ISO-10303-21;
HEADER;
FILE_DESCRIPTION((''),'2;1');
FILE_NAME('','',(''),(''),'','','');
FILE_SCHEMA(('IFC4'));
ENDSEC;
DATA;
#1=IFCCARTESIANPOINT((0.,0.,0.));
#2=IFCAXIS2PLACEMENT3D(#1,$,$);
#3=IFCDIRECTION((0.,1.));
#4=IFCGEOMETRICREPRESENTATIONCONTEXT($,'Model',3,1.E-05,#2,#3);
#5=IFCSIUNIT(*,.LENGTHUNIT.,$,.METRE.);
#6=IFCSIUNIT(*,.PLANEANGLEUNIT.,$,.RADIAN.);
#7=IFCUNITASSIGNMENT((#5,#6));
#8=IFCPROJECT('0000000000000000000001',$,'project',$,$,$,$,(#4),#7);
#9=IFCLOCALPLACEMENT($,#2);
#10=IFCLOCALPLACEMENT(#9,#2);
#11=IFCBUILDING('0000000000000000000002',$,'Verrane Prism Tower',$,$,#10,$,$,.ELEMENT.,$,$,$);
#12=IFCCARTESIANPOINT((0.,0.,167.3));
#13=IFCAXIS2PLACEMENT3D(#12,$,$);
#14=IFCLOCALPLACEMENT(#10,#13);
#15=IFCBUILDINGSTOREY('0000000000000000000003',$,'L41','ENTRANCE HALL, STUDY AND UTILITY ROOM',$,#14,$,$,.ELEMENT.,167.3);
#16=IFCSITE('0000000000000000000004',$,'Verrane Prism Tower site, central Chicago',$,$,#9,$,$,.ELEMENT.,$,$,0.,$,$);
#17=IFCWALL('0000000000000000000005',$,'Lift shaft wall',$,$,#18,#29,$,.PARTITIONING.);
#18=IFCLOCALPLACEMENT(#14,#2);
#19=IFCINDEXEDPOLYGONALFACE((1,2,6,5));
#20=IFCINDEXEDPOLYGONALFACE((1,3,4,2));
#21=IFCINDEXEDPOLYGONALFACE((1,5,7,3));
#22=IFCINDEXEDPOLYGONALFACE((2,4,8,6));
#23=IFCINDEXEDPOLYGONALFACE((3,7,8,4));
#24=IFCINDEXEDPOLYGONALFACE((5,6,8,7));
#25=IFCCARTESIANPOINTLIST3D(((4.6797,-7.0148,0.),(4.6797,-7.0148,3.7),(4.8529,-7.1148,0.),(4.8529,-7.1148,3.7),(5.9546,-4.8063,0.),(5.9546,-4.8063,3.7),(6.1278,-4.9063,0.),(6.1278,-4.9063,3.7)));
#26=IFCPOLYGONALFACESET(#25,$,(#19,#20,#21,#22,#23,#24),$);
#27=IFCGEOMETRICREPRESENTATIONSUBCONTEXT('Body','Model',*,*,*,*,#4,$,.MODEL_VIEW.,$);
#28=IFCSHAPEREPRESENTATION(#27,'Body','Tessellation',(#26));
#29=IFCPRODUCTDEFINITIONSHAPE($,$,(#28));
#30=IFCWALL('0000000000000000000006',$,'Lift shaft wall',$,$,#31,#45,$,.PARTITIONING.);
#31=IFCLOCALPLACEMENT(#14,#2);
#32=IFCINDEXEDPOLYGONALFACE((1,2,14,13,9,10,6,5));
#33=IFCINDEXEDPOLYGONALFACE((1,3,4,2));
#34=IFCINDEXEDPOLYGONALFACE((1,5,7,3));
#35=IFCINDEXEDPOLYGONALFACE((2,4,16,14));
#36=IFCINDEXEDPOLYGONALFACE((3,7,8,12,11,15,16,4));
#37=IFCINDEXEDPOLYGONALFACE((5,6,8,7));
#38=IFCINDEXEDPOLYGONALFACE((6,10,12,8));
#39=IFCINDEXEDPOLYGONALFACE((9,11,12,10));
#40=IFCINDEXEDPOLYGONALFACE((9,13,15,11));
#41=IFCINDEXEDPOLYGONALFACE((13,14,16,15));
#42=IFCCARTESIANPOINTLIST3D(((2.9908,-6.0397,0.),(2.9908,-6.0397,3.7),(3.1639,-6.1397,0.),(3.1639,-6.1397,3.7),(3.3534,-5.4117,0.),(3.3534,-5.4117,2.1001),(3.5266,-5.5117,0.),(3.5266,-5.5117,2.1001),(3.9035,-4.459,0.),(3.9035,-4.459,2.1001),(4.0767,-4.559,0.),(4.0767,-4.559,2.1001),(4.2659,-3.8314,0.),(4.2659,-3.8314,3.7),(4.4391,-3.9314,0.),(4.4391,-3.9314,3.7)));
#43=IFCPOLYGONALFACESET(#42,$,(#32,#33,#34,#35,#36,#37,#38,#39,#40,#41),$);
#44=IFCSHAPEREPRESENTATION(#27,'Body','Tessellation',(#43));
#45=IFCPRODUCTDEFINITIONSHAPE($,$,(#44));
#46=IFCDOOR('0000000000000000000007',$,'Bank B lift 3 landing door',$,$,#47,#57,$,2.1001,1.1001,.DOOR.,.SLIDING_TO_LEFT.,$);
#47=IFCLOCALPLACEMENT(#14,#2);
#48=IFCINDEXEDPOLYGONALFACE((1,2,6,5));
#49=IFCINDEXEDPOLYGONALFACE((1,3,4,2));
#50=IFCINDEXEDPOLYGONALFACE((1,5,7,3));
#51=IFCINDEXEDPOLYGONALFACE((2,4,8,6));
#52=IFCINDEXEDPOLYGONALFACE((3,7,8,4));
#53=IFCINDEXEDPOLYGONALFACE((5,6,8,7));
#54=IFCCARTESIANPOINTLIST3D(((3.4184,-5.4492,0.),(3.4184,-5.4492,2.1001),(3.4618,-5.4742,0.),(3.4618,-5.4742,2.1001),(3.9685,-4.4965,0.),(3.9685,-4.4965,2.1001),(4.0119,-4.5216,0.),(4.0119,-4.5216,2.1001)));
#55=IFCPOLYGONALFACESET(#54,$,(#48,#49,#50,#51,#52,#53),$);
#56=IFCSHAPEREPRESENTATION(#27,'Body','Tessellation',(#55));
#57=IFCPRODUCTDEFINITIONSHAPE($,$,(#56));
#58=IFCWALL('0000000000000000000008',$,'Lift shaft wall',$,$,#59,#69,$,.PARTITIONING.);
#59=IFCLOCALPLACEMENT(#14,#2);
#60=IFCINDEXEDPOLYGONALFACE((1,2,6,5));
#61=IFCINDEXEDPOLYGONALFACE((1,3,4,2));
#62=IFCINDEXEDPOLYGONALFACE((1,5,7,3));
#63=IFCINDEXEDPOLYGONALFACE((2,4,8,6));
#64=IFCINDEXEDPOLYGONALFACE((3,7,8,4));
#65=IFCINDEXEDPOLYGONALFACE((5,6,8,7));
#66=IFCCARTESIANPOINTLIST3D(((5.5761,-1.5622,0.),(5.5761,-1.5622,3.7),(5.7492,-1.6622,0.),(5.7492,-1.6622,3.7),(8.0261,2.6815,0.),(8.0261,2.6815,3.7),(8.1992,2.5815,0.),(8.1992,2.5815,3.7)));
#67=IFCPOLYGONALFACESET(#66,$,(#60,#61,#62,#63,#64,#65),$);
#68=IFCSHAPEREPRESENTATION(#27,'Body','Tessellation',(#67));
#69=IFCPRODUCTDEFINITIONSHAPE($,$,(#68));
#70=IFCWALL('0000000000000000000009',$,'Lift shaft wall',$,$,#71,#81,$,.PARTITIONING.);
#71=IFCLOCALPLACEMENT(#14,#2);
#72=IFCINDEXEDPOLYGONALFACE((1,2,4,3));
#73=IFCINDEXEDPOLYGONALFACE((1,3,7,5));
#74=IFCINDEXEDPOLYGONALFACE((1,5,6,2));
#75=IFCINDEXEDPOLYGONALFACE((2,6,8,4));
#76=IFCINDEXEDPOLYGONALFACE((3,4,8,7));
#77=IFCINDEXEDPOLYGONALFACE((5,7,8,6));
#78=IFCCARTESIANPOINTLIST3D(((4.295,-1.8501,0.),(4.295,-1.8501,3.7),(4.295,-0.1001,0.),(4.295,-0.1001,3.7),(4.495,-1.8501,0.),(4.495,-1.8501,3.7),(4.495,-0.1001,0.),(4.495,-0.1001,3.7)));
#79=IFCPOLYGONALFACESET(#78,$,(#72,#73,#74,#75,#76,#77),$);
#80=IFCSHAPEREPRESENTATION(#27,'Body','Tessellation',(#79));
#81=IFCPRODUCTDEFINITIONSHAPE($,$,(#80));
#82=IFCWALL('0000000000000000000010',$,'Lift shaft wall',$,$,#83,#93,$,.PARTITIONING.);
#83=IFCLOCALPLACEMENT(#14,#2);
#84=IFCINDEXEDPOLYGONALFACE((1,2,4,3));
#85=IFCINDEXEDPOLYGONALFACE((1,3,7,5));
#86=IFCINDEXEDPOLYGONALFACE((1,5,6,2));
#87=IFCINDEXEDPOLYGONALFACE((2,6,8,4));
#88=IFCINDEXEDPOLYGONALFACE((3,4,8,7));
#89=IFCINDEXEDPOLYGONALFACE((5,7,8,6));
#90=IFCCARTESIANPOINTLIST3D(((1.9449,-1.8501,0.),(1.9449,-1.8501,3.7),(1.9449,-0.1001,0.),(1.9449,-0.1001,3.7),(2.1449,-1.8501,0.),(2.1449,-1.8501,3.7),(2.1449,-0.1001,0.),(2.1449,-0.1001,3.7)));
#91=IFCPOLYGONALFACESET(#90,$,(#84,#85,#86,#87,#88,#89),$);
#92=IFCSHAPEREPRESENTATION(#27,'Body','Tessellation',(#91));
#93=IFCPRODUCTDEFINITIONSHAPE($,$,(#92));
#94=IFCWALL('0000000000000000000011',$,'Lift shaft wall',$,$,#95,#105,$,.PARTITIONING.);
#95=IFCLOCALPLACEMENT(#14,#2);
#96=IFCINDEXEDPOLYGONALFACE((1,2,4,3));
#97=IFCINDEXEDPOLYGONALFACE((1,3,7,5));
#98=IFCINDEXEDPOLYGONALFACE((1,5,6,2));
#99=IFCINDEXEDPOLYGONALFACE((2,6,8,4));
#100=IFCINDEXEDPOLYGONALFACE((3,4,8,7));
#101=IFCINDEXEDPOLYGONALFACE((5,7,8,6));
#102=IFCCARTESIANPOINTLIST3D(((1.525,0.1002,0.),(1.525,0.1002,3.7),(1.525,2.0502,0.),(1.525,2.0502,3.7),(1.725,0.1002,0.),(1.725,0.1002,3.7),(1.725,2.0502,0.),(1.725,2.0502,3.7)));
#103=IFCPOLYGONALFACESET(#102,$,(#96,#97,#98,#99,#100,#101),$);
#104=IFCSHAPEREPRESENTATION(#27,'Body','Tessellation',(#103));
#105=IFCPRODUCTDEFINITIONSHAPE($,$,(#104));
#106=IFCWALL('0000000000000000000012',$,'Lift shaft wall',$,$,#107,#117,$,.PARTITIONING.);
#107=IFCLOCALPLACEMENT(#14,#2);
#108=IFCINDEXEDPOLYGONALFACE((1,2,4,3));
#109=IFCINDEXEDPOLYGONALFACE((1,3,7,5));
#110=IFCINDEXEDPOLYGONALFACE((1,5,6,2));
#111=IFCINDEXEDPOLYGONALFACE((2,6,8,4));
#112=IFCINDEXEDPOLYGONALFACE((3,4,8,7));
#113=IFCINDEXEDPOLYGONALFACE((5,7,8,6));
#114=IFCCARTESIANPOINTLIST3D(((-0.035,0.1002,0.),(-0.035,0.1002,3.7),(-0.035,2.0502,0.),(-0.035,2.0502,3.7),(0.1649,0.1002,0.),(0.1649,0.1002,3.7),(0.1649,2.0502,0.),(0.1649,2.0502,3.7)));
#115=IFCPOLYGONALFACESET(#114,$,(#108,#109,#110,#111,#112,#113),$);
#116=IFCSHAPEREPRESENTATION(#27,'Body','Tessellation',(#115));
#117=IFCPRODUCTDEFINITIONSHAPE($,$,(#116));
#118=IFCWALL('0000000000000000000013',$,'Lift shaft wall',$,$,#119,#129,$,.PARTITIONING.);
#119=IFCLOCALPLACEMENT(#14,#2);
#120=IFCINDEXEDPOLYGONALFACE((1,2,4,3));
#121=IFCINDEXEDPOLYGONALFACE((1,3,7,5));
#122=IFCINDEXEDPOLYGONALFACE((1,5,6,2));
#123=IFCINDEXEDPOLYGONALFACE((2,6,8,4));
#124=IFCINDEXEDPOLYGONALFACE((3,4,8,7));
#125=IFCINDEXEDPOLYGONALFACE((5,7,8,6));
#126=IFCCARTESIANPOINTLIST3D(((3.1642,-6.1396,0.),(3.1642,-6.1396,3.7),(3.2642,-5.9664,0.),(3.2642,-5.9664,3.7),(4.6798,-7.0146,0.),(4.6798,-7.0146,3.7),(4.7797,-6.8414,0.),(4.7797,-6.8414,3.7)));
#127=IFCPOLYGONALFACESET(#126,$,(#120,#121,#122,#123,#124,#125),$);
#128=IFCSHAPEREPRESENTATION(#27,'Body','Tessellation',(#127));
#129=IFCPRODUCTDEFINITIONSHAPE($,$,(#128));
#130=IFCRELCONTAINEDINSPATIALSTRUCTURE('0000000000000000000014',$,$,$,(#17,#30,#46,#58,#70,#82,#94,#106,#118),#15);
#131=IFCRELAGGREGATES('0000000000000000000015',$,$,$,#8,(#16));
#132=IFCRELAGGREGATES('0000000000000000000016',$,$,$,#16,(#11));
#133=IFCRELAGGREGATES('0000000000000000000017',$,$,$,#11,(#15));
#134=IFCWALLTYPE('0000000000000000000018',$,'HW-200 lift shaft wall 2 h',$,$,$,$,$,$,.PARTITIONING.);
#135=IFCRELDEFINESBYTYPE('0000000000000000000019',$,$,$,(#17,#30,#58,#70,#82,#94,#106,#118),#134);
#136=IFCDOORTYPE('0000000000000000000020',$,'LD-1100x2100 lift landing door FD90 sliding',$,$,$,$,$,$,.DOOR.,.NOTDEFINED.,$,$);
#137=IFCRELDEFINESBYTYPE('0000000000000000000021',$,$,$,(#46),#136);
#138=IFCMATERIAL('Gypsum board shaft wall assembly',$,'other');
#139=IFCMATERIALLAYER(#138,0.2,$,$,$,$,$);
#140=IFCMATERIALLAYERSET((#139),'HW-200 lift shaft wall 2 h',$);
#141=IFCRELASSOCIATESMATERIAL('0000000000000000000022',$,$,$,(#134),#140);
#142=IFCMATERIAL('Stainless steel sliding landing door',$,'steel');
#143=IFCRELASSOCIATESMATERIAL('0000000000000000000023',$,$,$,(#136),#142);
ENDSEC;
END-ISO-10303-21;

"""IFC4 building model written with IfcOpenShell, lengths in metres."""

from ifc_helpers import new_model, si_unit, direction, frame, frame_2d, origin, place, context, subcontext, project, spatial, rectangle, extrude, material, layer, layer_set, type_object, element, fill, save


model = new_model("IFC4")

# Units and contexts
model_context = context("Model", 3, precision=1e-05, world=origin(), true_north=direction((0.0, 1.0)))
body_context = subcontext(model_context, "Body", "Model", "MODEL_VIEW")
ifc_project = project(units=[si_unit("LENGTHUNIT", "METRE"), si_unit("PLANEANGLEUNIT", "RADIAN")], contexts=[model_context])

# Site, building, storey
site_placement = place(None, origin())
site = spatial("IfcSite", under=ifc_project, at=site_placement, Name="Verrane Prism Tower site, central Chicago", CompositionType="ELEMENT", RefElevation=0.0)
building_placement = place(site_placement, origin())
building = spatial("IfcBuilding", under=site, at=building_placement, Name="Verrane Prism Tower", CompositionType="ELEMENT")
storey_placement = place(building_placement, frame((0.0, 0.0, 167.3)))
storey = spatial("IfcBuildingStorey", under=building, at=storey_placement, Name="L41", Description="ENTRANCE HALL, STUDY AND UTILITY ROOM", CompositionType="ELEMENT", Elevation=167.3)

# Wall
ifc_material_1 = material(Name="Gypsum board shaft wall assembly", Category="other")
ifc_layer_1 = layer(ifc_material_1, 0.2)
ifc_layer_set_1 = layer_set([ifc_layer_1], Name="HW-200 lift shaft wall 2 h")
wall_type_1 = type_object("IfcWallType", Name="HW-200 lift shaft wall 2 h", PredefinedType="PARTITIONING", material=ifc_layer_set_1)
wall_1_placement = place(storey_placement, frame((4.7664, -7.0647, 0.0), z_axis=(0.0, 0.0, 1.0), x_axis=(0.499949, 0.866055, 0.0)))
element("IfcWall", 1, at=wall_1_placement, inside=storey, type_object=wall_type_1, Name="Lift shaft wall", PredefinedType="PARTITIONING", context=body_context, shape_type="SweptSolid", body=[
    extrude(rectangle(XDim=2.55, YDim=0.2, at=frame_2d((1.2749, 0.0))), origin(), (0.0, 0.0, 1.0), 3.7),
])

# Wall, opening, door
wall_2_placement = place(storey_placement, frame((3.0774, -6.0896, 0.0), z_axis=(0.0, 0.0, 1.0), x_axis=(0.500062, 0.865989, 0.0)))
wall_2 = element("IfcWall", 2, at=wall_2_placement, inside=storey, type_object=wall_type_1, Name="Lift shaft wall", PredefinedType="PARTITIONING", context=body_context, shape_type="SweptSolid", body=[
    extrude(rectangle(XDim=2.55, YDim=0.2, at=frame_2d((1.2749, 0.0))), origin(), (0.0, 0.0, 1.0), 3.7),
])
opening_placement = place(wall_2_placement, frame((0.7251, 0.0, 0.0)))
opening = element("IfcOpeningElement", 3, at=opening_placement, cuts=wall_2, PredefinedType="OPENING", context=body_context, shape_type="SweptSolid", body=[
    extrude(rectangle(XDim=1.1001, YDim=2.1001, at=frame_2d((0.55, 1.05))), frame((0.0, 0.1099, 0.0), z_axis=(0.0, -1.0, 0.0), x_axis=(1.0, 0.0, 0.0)), (0.0, 0.0, 1.0), 0.22),
])
ifc_material_2 = material(Name="Stainless steel sliding landing door", Category="steel")
door_type = type_object("IfcDoorType", Name="LD-1100x2100 lift landing door FD90 sliding", OperationType="NOTDEFINED", PredefinedType="DOOR", material=ifc_material_2)
door_placement = place(opening_placement, origin())
door = element("IfcDoor", 4, at=door_placement, inside=storey, type_object=door_type, Name="Bank B lift 3 landing door", OperationType="SLIDING_TO_LEFT", OverallHeight=2.1001, OverallWidth=1.1001, PredefinedType="DOOR", context=body_context, shape_type="SweptSolid", body=[
    extrude(rectangle(XDim=1.1001, YDim=2.1001, at=frame_2d((0.55, 1.05))), frame((0.0, 0.0249, 0.0), z_axis=(0.0, -1.0, 0.0), x_axis=(1.0, 0.0, 0.0)), (0.0, 0.0, 1.0), 0.05),
])
fill(opening, door)

# Walls
wall_3_placement = place(storey_placement, frame((5.6626, -1.6123, 0.0), z_axis=(0.0, 0.0, 1.0), x_axis=(0.499981, 0.866036, 0.0)))
element("IfcWall", 5, at=wall_3_placement, inside=storey, type_object=wall_type_1, Name="Lift shaft wall", PredefinedType="PARTITIONING", context=body_context, shape_type="SweptSolid", body=[
    extrude(rectangle(XDim=4.9001, YDim=0.2, at=frame_2d((2.4502, 0.0))), origin(), (0.0, 0.0, 1.0), 3.7),
])
for number, where, z_axis, x_axis, name in (
    (6, (4.395, -1.8501, 0.0), (0.0, 0.0, 1.0), (0.0, 1.0, 0.0), "Lift shaft wall"),
    (7, (2.0449, -1.8501, 0.0), (0.0, 0.0, 1.0), (0.0, 1.0, 0.0), "Lift shaft wall"),
):
    element("IfcWall", number, at=place(storey_placement, frame(where, z_axis=z_axis, x_axis=x_axis)), inside=storey, type_object=wall_type_1, Name=name, PredefinedType="PARTITIONING", context=body_context, shape_type="SweptSolid", body=[
        extrude(rectangle(XDim=1.75, YDim=0.2, at=frame_2d((0.875, 0.0))), origin(), (0.0, 0.0, 1.0), 3.7),
    ])
for number, where, z_axis, x_axis, name in (
    (8, (1.625, 0.1001, 0.0), (0.0, 0.0, 1.0), (0.0, 1.0, 0.0), "Lift shaft wall"),
    (9, (0.0649, 0.1001, 0.0), (0.0, 0.0, 1.0), (0.0, 1.0, 0.0), "Lift shaft wall"),
):
    element("IfcWall", number, at=place(storey_placement, frame(where, z_axis=z_axis, x_axis=x_axis)), inside=storey, type_object=wall_type_1, Name=name, PredefinedType="PARTITIONING", context=body_context, shape_type="SweptSolid", body=[
        extrude(rectangle(XDim=1.95, YDim=0.2, at=frame_2d((0.9751, 0.0))), origin(), (0.0, 0.0, 1.0), 3.7),
    ])
wall_4_placement = place(storey_placement, frame((4.7297, -6.928, 0.0), z_axis=(0.0, 0.0, 1.0), x_axis=(-0.866037, 0.49998, 0.0)))
element("IfcWall", 10, at=wall_4_placement, inside=storey, type_object=wall_type_1, Name="Lift shaft wall", PredefinedType="PARTITIONING", context=body_context, shape_type="SweptSolid", body=[
    extrude(rectangle(XDim=1.75, YDim=0.2, at=frame_2d((0.875, 0.0))), origin(), (0.0, 0.0, 1.0), 3.7),
])

save(model, "model.ifc")
